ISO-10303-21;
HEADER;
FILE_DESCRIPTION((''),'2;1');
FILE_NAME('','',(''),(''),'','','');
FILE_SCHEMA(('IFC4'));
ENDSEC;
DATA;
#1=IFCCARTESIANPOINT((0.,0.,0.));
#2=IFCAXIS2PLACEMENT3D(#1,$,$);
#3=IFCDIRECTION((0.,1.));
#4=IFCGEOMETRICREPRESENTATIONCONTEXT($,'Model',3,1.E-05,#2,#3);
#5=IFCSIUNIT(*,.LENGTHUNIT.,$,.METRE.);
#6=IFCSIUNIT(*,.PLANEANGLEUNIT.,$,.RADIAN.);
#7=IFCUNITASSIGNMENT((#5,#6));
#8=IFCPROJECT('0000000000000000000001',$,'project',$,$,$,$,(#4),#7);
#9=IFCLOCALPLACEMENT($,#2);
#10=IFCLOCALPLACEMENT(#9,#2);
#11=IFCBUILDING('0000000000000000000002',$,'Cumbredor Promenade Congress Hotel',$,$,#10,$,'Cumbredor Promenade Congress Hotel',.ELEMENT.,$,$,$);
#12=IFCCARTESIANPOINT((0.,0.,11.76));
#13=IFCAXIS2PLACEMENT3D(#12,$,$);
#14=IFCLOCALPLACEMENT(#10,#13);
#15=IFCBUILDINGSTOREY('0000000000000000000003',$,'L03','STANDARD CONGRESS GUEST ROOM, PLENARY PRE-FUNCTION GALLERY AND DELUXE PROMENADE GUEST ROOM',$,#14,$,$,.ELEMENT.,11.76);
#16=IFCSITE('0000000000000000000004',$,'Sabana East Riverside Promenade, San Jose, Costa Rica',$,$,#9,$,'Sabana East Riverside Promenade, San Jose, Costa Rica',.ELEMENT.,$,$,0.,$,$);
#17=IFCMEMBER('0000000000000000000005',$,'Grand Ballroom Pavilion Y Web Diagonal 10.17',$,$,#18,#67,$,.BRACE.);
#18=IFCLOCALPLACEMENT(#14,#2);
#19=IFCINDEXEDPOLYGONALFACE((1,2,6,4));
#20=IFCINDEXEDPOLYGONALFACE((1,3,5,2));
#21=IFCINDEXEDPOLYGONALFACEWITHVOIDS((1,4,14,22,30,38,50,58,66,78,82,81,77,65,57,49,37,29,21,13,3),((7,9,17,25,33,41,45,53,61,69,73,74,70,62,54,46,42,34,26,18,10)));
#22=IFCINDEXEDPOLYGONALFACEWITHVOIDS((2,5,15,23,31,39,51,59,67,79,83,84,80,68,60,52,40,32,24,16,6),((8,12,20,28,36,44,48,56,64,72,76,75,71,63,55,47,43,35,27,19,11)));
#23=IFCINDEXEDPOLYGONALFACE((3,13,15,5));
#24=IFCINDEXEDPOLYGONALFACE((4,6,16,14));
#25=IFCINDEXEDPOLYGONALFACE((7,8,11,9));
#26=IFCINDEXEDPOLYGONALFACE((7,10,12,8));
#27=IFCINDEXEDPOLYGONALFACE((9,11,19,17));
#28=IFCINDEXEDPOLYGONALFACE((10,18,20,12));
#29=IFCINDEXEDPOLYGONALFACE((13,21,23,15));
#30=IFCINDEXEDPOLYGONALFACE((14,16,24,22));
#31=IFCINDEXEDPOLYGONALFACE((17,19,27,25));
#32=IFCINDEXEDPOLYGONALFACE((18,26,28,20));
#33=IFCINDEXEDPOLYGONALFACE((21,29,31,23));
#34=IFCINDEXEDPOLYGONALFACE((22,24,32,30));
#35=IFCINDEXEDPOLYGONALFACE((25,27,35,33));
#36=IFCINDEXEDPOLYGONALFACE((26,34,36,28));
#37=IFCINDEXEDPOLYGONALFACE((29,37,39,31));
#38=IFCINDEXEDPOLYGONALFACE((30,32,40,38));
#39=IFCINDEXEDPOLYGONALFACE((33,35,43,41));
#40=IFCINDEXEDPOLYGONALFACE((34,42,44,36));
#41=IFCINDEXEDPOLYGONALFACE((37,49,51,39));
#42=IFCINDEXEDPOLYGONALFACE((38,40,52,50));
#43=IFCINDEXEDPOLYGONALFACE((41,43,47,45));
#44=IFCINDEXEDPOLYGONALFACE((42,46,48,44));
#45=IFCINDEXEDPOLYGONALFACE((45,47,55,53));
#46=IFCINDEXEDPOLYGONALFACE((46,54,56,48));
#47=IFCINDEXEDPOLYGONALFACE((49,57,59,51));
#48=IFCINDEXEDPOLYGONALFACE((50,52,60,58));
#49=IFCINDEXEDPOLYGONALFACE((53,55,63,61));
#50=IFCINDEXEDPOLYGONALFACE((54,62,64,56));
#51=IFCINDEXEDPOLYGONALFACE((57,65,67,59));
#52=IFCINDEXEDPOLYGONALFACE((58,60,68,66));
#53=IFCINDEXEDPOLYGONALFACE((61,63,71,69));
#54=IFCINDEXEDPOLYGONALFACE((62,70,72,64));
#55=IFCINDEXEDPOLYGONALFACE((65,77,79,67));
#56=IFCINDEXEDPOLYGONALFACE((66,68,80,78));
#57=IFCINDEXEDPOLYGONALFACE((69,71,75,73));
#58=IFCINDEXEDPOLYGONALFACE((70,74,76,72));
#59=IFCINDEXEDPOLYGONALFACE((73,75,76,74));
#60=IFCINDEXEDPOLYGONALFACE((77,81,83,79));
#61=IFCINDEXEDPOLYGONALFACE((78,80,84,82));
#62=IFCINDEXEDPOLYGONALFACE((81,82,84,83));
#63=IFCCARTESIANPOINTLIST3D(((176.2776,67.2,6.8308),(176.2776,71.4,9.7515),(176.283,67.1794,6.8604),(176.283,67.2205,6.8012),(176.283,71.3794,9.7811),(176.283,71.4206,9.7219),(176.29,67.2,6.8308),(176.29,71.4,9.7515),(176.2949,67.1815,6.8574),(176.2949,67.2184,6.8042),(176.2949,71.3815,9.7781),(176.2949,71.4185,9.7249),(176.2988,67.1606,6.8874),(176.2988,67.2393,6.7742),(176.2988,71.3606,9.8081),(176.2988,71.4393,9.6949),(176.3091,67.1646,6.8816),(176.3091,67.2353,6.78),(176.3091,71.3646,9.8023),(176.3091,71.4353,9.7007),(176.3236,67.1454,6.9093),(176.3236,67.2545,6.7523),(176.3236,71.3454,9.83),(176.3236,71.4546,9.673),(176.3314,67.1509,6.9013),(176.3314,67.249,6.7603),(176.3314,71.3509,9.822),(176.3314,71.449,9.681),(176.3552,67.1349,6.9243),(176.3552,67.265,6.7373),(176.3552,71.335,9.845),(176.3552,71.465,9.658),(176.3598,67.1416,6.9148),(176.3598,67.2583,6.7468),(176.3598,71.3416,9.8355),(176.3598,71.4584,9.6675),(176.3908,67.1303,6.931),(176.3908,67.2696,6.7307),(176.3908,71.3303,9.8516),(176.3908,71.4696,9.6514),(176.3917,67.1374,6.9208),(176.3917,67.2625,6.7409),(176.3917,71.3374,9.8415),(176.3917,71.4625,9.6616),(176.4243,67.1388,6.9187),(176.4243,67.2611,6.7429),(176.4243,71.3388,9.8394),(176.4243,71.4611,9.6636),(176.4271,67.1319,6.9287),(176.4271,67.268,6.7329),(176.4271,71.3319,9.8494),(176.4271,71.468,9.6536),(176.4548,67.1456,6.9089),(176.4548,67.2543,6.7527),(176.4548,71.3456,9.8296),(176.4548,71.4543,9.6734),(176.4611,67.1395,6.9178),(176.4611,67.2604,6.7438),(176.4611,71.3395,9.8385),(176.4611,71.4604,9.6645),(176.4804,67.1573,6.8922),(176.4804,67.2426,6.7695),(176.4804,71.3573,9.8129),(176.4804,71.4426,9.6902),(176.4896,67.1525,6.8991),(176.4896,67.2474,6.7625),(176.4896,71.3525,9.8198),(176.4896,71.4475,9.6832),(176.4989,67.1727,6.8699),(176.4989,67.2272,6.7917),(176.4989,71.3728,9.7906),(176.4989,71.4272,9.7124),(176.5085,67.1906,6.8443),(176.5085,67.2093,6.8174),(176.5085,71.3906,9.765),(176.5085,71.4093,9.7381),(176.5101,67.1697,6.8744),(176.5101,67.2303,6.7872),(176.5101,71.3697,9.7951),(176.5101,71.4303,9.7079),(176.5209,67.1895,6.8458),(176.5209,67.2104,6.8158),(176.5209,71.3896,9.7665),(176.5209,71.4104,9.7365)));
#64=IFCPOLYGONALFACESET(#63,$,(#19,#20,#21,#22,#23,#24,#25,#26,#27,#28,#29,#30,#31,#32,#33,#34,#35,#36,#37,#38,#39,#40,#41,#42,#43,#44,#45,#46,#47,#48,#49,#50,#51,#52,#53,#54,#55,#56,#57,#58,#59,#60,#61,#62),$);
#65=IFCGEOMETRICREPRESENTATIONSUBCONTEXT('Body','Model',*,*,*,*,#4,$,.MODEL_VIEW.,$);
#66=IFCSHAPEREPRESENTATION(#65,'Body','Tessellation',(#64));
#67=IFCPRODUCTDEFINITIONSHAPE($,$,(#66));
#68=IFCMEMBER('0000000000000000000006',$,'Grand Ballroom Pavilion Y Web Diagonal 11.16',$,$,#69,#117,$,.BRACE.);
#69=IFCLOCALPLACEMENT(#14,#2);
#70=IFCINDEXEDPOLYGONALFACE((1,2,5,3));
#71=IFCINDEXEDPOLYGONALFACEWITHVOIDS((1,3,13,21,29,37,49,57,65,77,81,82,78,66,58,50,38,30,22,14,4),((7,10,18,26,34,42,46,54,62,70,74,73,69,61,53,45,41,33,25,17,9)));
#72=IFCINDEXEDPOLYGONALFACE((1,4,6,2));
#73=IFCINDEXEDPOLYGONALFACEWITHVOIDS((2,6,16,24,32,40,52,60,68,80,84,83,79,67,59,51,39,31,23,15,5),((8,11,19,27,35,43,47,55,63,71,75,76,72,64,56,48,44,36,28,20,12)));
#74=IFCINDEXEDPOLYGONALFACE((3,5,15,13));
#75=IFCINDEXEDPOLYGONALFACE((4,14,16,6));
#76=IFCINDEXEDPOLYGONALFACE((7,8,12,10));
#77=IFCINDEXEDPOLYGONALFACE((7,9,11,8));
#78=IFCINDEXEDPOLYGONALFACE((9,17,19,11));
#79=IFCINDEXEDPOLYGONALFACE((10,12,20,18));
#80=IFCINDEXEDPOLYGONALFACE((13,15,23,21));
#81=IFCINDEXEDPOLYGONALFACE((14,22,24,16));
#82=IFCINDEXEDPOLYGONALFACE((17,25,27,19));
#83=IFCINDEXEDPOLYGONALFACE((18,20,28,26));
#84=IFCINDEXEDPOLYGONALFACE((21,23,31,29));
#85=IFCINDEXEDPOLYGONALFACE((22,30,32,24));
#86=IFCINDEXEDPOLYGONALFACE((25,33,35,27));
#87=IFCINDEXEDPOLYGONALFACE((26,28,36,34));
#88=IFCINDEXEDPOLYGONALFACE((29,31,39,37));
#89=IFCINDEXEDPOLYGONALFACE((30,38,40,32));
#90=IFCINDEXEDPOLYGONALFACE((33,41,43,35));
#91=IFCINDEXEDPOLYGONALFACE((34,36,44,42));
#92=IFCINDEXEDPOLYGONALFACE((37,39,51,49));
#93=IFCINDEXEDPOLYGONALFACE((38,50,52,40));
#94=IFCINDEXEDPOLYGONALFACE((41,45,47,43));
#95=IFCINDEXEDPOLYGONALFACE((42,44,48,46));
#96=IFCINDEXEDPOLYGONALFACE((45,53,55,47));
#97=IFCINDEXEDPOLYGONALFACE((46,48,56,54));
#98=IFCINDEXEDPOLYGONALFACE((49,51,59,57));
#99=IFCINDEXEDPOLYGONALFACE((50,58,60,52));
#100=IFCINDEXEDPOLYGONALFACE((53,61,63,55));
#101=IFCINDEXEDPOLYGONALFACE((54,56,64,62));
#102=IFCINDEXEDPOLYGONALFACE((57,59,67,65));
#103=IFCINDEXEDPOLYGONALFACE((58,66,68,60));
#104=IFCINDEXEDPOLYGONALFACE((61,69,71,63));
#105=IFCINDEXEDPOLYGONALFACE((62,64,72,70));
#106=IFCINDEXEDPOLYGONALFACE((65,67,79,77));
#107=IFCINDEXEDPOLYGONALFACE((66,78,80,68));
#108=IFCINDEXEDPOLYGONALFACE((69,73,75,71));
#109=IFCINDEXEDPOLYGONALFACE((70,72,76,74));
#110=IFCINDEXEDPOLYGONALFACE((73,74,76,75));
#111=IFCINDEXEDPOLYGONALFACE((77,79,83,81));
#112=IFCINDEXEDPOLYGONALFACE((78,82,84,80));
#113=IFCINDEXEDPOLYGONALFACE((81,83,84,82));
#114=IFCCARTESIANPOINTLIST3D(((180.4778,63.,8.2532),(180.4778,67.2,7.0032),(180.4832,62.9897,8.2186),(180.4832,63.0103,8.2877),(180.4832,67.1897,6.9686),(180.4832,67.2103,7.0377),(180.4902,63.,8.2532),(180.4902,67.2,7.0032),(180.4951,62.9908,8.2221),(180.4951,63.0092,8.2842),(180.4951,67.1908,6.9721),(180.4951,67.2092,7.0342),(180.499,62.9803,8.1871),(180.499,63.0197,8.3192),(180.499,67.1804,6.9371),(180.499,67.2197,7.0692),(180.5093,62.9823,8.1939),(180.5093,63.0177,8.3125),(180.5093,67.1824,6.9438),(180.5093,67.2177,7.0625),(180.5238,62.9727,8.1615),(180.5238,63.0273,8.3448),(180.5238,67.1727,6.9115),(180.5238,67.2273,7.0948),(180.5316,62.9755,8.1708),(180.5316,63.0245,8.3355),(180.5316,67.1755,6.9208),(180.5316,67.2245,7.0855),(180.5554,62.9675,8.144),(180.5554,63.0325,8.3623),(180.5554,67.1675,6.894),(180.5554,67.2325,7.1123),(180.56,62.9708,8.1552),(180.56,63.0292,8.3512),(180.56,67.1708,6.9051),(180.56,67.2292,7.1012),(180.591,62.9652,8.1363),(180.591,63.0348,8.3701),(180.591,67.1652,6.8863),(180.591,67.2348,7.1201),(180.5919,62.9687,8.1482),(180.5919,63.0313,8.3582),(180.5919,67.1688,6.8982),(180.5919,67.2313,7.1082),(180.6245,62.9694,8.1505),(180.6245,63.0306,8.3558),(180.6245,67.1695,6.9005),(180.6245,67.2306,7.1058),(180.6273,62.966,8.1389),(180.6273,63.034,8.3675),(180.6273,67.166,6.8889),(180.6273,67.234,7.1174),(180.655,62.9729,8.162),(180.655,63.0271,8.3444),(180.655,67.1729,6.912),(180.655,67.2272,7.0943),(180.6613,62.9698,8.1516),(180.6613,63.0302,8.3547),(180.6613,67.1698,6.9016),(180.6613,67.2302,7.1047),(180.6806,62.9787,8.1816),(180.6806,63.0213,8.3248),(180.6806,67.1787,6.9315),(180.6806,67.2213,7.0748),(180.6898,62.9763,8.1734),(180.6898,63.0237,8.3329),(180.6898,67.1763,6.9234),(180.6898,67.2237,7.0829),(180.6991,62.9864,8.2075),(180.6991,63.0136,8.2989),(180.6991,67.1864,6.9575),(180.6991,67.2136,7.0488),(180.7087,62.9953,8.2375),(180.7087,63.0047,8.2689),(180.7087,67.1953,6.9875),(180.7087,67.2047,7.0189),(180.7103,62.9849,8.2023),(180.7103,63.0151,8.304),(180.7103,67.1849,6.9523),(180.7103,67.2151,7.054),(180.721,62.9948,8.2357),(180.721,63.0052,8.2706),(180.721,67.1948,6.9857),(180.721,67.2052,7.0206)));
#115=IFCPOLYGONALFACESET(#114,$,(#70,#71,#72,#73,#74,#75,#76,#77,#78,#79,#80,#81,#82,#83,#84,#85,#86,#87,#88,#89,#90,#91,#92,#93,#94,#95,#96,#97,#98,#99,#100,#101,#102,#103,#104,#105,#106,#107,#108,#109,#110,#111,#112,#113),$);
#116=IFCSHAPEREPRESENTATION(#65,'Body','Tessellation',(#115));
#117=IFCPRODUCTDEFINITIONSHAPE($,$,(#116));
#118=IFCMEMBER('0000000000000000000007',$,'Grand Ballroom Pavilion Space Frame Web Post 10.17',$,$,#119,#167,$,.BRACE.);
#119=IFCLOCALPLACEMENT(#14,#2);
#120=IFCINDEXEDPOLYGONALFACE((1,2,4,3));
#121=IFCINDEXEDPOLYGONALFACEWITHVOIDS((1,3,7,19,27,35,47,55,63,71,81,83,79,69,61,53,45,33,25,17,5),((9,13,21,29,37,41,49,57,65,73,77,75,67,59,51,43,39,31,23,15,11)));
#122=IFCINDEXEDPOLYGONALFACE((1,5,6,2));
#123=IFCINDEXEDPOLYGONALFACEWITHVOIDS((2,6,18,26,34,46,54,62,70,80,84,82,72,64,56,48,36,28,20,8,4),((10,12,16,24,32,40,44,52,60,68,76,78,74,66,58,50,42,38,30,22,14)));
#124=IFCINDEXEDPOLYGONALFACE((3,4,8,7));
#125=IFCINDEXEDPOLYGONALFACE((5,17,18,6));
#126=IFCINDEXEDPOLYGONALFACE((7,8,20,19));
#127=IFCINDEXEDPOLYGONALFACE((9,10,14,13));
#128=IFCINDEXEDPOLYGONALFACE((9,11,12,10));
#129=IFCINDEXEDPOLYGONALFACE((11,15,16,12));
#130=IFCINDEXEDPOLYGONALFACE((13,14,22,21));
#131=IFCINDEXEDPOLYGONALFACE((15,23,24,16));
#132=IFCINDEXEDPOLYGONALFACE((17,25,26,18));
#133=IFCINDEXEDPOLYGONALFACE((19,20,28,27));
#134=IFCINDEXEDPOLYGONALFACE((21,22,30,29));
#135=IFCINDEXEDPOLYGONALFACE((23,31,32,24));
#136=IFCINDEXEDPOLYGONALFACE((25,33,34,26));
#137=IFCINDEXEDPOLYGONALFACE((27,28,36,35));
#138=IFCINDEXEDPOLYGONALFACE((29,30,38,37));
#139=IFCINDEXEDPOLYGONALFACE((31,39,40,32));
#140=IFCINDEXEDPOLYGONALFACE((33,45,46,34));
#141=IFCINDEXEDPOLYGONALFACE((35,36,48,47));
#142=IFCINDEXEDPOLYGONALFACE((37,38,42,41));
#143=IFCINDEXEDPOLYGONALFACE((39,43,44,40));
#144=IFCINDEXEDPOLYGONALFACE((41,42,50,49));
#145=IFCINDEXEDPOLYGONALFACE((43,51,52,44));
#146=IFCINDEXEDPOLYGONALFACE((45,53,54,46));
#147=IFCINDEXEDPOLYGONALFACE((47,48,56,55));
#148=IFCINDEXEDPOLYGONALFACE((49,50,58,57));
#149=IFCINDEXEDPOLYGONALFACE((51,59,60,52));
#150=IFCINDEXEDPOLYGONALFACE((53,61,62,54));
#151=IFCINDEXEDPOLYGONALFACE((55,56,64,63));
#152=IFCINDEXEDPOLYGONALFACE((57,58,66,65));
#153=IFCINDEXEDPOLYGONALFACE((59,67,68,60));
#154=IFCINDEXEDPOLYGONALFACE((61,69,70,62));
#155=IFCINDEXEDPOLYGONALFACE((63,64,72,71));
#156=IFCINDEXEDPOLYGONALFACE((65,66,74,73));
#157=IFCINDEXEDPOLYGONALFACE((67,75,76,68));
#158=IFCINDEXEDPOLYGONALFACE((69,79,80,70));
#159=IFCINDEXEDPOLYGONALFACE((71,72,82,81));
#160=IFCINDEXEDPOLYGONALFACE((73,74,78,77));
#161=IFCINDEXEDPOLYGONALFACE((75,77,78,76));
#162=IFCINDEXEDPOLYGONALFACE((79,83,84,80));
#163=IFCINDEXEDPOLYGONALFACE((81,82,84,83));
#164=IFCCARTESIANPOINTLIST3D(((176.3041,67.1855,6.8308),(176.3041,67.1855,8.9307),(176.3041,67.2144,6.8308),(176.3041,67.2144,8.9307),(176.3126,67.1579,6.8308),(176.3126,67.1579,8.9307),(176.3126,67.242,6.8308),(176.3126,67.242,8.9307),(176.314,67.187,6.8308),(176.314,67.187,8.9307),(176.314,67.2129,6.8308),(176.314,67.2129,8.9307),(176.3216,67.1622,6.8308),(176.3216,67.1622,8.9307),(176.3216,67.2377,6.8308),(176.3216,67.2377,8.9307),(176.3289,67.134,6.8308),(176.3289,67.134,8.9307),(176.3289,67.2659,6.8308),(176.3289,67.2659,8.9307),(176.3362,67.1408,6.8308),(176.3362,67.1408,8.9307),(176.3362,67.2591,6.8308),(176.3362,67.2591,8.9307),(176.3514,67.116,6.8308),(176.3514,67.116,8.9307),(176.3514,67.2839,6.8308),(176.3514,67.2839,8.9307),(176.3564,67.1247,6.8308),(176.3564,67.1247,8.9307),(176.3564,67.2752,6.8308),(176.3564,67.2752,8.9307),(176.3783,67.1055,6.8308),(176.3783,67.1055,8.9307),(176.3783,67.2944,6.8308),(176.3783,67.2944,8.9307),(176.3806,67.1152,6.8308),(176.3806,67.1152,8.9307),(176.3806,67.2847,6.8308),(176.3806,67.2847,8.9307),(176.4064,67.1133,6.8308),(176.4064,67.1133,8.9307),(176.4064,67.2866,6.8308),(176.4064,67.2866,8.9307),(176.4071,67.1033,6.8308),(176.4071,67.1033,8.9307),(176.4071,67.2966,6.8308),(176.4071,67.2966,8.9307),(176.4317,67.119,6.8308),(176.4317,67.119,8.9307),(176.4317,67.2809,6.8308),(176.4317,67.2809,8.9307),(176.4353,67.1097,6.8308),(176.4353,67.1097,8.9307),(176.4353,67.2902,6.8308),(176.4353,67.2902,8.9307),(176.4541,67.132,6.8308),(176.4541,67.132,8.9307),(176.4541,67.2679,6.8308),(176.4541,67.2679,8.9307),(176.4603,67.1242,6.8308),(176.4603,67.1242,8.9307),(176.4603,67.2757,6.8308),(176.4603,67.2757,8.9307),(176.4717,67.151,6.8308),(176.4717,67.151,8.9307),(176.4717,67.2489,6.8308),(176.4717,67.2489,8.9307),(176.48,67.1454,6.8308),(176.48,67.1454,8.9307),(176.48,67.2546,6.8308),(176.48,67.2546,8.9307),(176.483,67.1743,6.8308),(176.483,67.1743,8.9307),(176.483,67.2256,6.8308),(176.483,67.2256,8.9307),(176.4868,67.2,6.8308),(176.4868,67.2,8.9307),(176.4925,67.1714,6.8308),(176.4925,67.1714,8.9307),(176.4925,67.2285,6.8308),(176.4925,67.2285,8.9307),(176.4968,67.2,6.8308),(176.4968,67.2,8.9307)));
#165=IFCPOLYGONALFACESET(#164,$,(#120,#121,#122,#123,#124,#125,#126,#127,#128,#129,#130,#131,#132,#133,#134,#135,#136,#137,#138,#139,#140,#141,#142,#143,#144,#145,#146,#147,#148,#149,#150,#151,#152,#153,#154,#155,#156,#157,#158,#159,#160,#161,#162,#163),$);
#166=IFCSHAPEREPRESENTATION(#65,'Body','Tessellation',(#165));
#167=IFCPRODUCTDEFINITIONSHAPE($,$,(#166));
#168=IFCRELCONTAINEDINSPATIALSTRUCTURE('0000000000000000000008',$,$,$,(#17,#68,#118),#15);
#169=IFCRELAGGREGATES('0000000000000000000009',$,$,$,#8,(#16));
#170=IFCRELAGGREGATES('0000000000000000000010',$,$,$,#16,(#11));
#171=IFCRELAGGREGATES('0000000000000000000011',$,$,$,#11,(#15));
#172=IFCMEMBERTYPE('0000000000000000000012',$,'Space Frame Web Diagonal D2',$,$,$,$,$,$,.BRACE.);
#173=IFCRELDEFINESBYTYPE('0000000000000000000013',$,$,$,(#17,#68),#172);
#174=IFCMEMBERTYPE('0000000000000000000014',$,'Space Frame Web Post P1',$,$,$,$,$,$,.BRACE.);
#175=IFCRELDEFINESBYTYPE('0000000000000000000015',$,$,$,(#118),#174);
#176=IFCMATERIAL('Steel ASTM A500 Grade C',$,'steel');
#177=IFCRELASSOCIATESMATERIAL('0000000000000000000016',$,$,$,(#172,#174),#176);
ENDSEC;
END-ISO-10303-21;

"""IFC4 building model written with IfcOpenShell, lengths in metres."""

from ifc_helpers import new_model, si_unit, direction, frame, origin, origin_2d, place, context, subcontext, project, spatial, hollow_circle, extrude, material, material_profile, profile_set, type_object, element, save


model = new_model("IFC4")

# Units and contexts
model_context = context("Model", 3, precision=1e-05, world=origin(), true_north=direction((0.0, 1.0)))
body_context = subcontext(model_context, "Body", "Model", "MODEL_VIEW")
ifc_project = project(units=[si_unit("LENGTHUNIT", "METRE"), si_unit("PLANEANGLEUNIT", "RADIAN")], contexts=[model_context])

# Site, building, storey
site_placement = place(None, origin())
site = spatial("IfcSite", under=ifc_project, at=site_placement, Name="Sabana East Riverside Promenade, San Jose, Costa Rica", LongName="Sabana East Riverside Promenade, San Jose, Costa Rica", CompositionType="ELEMENT", RefElevation=0.0)
building_placement = place(site_placement, origin())
building = spatial("IfcBuilding", under=site, at=building_placement, Name="Cumbredor Promenade Congress Hotel", LongName="Cumbredor Promenade Congress Hotel", CompositionType="ELEMENT")
storey_placement = place(building_placement, frame((0.0, 0.0, 11.76)))
storey = spatial("IfcBuildingStorey", under=building, at=storey_placement, Name="L03", Description="STANDARD CONGRESS GUEST ROOM, PLENARY PRE-FUNCTION GALLERY AND DELUXE PROMENADE GUEST ROOM", CompositionType="ELEMENT", Elevation=11.76)

# Shared definitions
ifc_material_1 = material(Name="Steel ASTM A500 Grade C", Category="steel")

# Members
ifc_material_profile_1 = material_profile(ifc_material_1, hollow_circle(Radius=0.1223, WallThickness=0.0125, at=origin_2d()), Name="CHS 244.5x12.5")
ifc_profile_set_1 = profile_set([ifc_material_profile_1], Name="Steel ASTM A500 Grade C")
member_type_1 = type_object("IfcMemberType", Name="Space Frame Web Diagonal D2", PredefinedType="BRACE", material=ifc_profile_set_1)
member_1_placement = place(storey_placement, frame((176.3999, 67.2, 6.8308), z_axis=(0.0, 0.821001, 0.570926), x_axis=(-1.0, 0.0, 0.0)))
element("IfcMember", 1, at=member_1_placement, inside=storey, type_object=member_type_1, Name="Grand Ballroom Pavilion Y Web Diagonal 10.17", PredefinedType="BRACE", context=body_context, shape_type="SweptSolid", body=[
    extrude(hollow_circle(Radius=0.1223, WallThickness=0.0125, at=origin_2d()), origin(), (0.0, 0.0, 1.0), 5.1157),
])
member_2_placement = place(storey_placement, frame((180.6001, 63.0, 8.2532), z_axis=(0.0, 0.958451, -0.285257), x_axis=(-1.0, 0.0, 0.0)))
element("IfcMember", 2, at=member_2_placement, inside=storey, type_object=member_type_1, Name="Grand Ballroom Pavilion Y Web Diagonal 11.16", PredefinedType="BRACE", context=body_context, shape_type="SweptSolid", body=[
    extrude(hollow_circle(Radius=0.1223, WallThickness=0.0125, at=origin_2d()), origin(), (0.0, 0.0, 1.0), 4.3821),
])
ifc_material_profile_2 = material_profile(ifc_material_1, hollow_circle(Radius=0.0969, WallThickness=0.01, at=origin_2d()), Name="CHS 193.7x10")
ifc_profile_set_2 = profile_set([ifc_material_profile_2], Name="Steel ASTM A500 Grade C")
member_type_2 = type_object("IfcMemberType", Name="Space Frame Web Post P1", PredefinedType="BRACE", material=ifc_profile_set_2)
member_3_placement = place(storey_placement, frame((176.3999, 67.2, 6.8308), z_axis=(0.0, 0.0, 1.0), x_axis=(1.0, 0.0, 0.0)))
element("IfcMember", 3, at=member_3_placement, inside=storey, type_object=member_type_2, Name="Grand Ballroom Pavilion Space Frame Web Post 10.17", PredefinedType="BRACE", context=body_context, shape_type="SweptSolid", body=[
    extrude(hollow_circle(Radius=0.0969, WallThickness=0.01, at=origin_2d()), origin(), (0.0, 0.0, 1.0), 2.0999),
])

save(model, "model.ifc")
